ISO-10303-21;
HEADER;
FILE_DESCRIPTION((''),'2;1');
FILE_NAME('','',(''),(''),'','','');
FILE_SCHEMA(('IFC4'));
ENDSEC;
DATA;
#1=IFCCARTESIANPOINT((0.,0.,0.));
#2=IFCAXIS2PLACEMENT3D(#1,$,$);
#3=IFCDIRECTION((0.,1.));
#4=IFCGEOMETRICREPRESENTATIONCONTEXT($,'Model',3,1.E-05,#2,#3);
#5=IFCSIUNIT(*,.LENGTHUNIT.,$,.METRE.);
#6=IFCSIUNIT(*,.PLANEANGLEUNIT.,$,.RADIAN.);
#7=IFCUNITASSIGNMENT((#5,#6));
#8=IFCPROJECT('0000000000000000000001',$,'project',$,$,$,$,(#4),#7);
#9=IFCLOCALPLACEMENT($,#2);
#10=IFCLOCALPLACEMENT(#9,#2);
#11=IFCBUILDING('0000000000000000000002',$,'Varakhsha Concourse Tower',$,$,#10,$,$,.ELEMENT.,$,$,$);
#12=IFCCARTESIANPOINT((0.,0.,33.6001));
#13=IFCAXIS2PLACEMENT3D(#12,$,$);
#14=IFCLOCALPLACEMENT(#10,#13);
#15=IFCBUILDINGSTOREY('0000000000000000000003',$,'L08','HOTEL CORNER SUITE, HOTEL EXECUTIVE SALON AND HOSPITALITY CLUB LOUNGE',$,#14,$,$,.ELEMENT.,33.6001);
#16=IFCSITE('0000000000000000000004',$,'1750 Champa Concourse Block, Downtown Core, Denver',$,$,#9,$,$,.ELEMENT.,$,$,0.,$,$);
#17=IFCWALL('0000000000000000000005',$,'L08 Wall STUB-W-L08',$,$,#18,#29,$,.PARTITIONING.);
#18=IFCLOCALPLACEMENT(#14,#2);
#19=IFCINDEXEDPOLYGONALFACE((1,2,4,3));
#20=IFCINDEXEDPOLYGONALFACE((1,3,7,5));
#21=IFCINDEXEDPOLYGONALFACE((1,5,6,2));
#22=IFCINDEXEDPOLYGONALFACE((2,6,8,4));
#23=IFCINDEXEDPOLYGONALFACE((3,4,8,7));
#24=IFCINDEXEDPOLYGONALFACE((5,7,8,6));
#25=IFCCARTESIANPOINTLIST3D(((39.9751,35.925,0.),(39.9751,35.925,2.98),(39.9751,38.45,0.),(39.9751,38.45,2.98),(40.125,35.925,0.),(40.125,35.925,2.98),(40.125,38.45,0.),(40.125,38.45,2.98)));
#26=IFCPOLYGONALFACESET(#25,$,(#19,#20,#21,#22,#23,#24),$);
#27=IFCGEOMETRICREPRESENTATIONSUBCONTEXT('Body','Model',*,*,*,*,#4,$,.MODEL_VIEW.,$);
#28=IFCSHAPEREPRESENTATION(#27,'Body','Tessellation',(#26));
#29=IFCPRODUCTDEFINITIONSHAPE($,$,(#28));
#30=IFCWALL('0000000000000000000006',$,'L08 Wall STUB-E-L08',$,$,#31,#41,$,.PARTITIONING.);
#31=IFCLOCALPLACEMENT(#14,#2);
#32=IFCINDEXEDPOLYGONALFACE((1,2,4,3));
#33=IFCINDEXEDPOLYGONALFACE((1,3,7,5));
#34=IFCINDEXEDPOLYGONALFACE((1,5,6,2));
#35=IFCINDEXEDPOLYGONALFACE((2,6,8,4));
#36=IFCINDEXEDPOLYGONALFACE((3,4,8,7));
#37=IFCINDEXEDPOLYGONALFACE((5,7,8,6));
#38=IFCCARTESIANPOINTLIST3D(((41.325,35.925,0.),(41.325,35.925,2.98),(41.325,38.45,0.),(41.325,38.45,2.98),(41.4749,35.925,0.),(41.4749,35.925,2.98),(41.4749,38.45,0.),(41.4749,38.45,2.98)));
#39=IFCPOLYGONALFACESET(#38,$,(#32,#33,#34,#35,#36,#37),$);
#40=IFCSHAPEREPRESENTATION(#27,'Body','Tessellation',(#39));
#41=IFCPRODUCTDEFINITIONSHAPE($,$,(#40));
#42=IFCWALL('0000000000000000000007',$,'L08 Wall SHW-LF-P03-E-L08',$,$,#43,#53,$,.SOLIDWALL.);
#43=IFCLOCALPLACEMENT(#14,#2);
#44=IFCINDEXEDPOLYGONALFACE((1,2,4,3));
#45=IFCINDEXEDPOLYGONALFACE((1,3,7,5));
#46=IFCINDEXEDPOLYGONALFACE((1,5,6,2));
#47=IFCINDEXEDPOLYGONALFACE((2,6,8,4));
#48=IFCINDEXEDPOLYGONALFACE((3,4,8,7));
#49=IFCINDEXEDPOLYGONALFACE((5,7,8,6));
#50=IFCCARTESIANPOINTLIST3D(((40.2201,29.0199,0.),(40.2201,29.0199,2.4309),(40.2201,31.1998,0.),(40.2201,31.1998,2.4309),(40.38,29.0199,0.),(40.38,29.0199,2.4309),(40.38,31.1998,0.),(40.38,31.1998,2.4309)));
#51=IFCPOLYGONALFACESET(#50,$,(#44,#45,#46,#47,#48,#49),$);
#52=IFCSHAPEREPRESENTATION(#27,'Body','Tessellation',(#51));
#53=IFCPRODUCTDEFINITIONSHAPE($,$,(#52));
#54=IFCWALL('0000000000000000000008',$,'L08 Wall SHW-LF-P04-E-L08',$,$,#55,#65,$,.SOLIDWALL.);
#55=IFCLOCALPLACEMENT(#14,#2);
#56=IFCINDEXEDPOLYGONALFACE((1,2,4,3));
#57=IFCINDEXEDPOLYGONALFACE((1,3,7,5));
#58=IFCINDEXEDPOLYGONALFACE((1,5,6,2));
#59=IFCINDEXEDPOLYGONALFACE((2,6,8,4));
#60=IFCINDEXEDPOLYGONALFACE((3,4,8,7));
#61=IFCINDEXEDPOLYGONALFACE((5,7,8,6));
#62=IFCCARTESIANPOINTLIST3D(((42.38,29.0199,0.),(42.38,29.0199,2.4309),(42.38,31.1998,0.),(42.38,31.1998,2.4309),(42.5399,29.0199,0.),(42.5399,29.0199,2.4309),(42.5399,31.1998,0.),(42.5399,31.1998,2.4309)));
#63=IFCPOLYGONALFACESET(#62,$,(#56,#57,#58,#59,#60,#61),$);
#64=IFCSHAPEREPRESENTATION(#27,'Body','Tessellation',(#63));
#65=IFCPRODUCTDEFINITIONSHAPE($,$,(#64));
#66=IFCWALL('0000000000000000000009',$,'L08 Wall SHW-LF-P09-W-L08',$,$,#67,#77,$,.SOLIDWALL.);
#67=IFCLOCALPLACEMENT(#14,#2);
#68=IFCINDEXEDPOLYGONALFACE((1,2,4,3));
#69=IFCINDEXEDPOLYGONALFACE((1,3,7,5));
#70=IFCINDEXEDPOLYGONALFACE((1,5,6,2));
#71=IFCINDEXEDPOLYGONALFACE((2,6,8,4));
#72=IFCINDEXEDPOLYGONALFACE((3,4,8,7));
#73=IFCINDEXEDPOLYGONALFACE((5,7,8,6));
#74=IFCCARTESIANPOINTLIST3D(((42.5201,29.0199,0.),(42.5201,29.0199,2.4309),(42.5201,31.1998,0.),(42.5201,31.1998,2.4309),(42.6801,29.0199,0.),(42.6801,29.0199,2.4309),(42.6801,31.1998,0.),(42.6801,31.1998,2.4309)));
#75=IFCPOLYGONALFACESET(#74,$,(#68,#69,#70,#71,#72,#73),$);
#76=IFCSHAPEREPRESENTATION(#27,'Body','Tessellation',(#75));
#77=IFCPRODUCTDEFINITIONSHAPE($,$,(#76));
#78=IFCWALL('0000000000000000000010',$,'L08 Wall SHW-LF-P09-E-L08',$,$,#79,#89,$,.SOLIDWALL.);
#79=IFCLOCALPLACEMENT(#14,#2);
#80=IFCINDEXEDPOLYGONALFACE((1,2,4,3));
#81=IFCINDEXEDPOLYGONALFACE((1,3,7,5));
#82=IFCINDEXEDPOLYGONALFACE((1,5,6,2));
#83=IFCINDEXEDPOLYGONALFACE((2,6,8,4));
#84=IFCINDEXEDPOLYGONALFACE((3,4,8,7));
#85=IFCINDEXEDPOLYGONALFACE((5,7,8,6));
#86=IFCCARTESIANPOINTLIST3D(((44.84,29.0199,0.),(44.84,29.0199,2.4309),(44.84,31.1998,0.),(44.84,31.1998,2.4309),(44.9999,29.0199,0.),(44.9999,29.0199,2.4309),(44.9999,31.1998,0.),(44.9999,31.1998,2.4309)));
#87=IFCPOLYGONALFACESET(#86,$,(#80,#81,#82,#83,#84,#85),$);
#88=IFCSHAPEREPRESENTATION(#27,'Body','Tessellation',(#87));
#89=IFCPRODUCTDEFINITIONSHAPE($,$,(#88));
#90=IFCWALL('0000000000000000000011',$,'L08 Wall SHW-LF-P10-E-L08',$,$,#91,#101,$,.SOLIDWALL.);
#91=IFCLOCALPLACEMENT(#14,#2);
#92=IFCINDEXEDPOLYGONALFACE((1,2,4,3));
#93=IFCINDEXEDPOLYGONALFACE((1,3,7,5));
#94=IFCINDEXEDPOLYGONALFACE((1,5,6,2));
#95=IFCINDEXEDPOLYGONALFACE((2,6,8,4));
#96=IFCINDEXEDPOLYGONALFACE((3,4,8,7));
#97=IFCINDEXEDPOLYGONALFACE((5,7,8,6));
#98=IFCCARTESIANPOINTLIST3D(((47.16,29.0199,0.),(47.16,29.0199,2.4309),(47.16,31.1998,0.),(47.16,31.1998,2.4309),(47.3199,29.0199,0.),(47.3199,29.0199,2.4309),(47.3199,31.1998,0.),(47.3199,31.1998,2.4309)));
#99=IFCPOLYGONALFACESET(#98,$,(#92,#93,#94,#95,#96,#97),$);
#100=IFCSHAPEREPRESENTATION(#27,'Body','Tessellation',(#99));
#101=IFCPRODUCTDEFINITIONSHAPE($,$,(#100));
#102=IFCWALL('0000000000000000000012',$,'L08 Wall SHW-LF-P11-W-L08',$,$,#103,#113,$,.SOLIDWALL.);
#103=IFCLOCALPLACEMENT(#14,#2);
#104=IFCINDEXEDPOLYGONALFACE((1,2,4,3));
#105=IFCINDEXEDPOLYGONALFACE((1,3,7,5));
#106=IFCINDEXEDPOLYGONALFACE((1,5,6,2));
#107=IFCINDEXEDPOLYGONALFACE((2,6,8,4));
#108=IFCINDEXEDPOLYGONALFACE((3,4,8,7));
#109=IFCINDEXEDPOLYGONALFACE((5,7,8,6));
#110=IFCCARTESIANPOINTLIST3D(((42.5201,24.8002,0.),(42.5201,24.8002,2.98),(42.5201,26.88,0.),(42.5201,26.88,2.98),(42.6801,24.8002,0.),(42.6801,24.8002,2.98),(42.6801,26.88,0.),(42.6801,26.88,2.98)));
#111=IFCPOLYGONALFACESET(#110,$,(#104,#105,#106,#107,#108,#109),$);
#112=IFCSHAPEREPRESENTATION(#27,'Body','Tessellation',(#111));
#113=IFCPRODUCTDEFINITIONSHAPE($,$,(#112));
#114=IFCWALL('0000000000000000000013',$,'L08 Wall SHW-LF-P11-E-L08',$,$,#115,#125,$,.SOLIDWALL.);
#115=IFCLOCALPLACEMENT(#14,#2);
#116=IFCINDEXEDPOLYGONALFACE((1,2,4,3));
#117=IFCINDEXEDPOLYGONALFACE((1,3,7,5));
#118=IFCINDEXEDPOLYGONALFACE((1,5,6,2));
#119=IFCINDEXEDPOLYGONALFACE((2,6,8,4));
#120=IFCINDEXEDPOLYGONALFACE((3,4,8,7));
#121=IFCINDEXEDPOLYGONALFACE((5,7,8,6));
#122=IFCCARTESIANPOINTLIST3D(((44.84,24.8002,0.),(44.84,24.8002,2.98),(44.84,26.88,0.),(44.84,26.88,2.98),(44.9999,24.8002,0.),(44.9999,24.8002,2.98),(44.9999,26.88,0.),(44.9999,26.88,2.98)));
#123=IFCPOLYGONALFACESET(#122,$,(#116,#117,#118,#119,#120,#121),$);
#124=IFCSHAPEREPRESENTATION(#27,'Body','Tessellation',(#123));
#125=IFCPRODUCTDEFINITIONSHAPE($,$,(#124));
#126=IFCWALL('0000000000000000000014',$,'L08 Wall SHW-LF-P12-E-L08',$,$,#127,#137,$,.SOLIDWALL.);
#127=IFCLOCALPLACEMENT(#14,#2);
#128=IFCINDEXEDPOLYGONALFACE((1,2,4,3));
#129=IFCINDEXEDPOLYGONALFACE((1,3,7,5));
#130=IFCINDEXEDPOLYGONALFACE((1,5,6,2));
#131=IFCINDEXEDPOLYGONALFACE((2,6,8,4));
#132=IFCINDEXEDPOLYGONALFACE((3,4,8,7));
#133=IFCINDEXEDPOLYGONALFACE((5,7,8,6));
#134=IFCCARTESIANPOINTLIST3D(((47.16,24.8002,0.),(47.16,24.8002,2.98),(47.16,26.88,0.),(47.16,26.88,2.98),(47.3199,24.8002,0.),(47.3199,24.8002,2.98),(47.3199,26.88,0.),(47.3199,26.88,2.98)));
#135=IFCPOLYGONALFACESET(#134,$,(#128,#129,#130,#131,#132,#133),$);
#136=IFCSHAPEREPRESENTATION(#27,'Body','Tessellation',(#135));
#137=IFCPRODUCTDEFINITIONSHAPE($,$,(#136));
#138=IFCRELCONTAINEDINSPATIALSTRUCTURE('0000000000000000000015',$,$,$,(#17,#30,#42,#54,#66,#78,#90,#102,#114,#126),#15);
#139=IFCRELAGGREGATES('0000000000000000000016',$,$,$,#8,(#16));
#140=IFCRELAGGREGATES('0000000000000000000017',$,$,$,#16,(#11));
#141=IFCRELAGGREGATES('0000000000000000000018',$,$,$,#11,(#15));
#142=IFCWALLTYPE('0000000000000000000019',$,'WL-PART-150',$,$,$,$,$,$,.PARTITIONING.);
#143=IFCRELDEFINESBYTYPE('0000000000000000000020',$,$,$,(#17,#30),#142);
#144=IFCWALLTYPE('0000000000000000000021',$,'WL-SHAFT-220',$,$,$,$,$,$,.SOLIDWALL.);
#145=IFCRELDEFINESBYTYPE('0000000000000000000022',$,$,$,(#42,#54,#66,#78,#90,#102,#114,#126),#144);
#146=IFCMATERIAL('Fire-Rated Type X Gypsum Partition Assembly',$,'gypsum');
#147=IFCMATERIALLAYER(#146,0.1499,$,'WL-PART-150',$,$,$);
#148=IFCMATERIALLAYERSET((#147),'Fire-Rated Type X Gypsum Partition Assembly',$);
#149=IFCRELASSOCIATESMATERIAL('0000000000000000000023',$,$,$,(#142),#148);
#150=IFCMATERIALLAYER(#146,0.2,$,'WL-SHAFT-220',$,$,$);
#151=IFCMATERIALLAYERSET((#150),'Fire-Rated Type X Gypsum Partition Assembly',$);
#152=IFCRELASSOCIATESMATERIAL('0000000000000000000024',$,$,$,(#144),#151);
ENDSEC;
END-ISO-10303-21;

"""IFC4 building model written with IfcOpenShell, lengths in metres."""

from ifc_helpers import new_model, si_unit, direction, frame, frame_2d, origin, place, context, subcontext, project, spatial, rectangle, extrude, material, layer, layer_set, type_object, element, save


model = new_model("IFC4")

# Units and contexts
model_context = context("Model", 3, precision=1e-05, world=origin(), true_north=direction((0.0, 1.0)))
body_context = subcontext(model_context, "Body", "Model", "MODEL_VIEW")
ifc_project = project(units=[si_unit("LENGTHUNIT", "METRE"), si_unit("PLANEANGLEUNIT", "RADIAN")], contexts=[model_context])

# Site, building, storey
site_placement = place(None, origin())
site = spatial("IfcSite", under=ifc_project, at=site_placement, Name="1750 Champa Concourse Block, Downtown Core, Denver", CompositionType="ELEMENT", RefElevation=0.0)
building_placement = place(site_placement, origin())
building = spatial("IfcBuilding", under=site, at=building_placement, Name="Varakhsha Concourse Tower", CompositionType="ELEMENT")
storey_placement = place(building_placement, frame((0.0, 0.0, 33.6001)))
storey = spatial("IfcBuildingStorey", under=building, at=storey_placement, Name="L08", Description="HOTEL CORNER SUITE, HOTEL EXECUTIVE SALON AND HOSPITALITY CLUB LOUNGE", CompositionType="ELEMENT", Elevation=33.6001)

# Shared definitions
ifc_material_1 = material(Name="Fire-Rated Type X Gypsum Partition Assembly", Category="gypsum")
ifc_layer_1 = layer(ifc_material_1, 0.1499, Name="WL-PART-150")
ifc_layer_set_1 = layer_set([ifc_layer_1], Name="Fire-Rated Type X Gypsum Partition Assembly")
wall_type_1 = type_object("IfcWallType", Name="WL-PART-150", PredefinedType="PARTITIONING", material=ifc_layer_set_1)

# Walls
for number, where, z_axis, x_axis, name in (
    (1, (40.05, 35.925, 0.0), (0.0, 0.0, 1.0), (0.0, 1.0, 0.0), "L08 Wall STUB-W-L08"),
    (2, (41.3999, 35.925, 0.0), (0.0, 0.0, 1.0), (0.0, 1.0, 0.0), "L08 Wall STUB-E-L08"),
):
    element("IfcWall", number, at=place(storey_placement, frame(where, z_axis=z_axis, x_axis=x_axis)), inside=storey, type_object=wall_type_1, Name=name, PredefinedType="PARTITIONING", context=body_context, shape_type="SweptSolid", body=[
        extrude(rectangle(XDim=2.5249, YDim=0.1499, at=frame_2d((1.2625, 0.0))), origin(), (0.0, 0.0, 1.0), 2.98),
    ])
ifc_layer_2 = layer(ifc_material_1, 0.2, Name="WL-SHAFT-220")
ifc_layer_set_2 = layer_set([ifc_layer_2], Name="Fire-Rated Type X Gypsum Partition Assembly")
wall_type_2 = type_object("IfcWallType", Name="WL-SHAFT-220", PredefinedType="SOLIDWALL", material=ifc_layer_set_2)
for number, where, z_axis, x_axis, name in (
    (3, (40.3, 29.02, 0.0), (0.0, 0.0, 1.0), (0.0, 1.0, 0.0), "L08 Wall SHW-LF-P03-E-L08"),
    (4, (42.46, 29.02, 0.0), (0.0, 0.0, 1.0), (0.0, 1.0, 0.0), "L08 Wall SHW-LF-P04-E-L08"),
    (5, (42.6001, 29.02, 0.0), (0.0, 0.0, 1.0), (0.0, 1.0, 0.0), "L08 Wall SHW-LF-P09-W-L08"),
    (6, (44.9199, 29.02, 0.0), (0.0, 0.0, 1.0), (0.0, 1.0, 0.0), "L08 Wall SHW-LF-P09-E-L08"),
    (7, (47.24, 29.02, 0.0), (0.0, 0.0, 1.0), (0.0, 1.0, 0.0), "L08 Wall SHW-LF-P10-E-L08"),
):
    element("IfcWall", number, at=place(storey_placement, frame(where, z_axis=z_axis, x_axis=x_axis)), inside=storey, type_object=wall_type_2, Name=name, PredefinedType="SOLIDWALL", context=body_context, shape_type="SweptSolid", body=[
        extrude(rectangle(XDim=2.1799, YDim=0.1599, at=frame_2d((1.0898, 0.0))), origin(), (0.0, 0.0, 1.0), 2.4309),
    ])
for number, where, z_axis, x_axis, name in (
    (8, (42.6001, 24.8, 0.0), (0.0, 0.0, 1.0), (0.0, 1.0, 0.0), "L08 Wall SHW-LF-P11-W-L08"),
    (9, (44.9199, 24.8, 0.0), (0.0, 0.0, 1.0), (0.0, 1.0, 0.0), "L08 Wall SHW-LF-P11-E-L08"),
    (10, (47.24, 24.8, 0.0), (0.0, 0.0, 1.0), (0.0, 1.0, 0.0), "L08 Wall SHW-LF-P12-E-L08"),
):
    element("IfcWall", number, at=place(storey_placement, frame(where, z_axis=z_axis, x_axis=x_axis)), inside=storey, type_object=wall_type_2, Name=name, PredefinedType="SOLIDWALL", context=body_context, shape_type="SweptSolid", body=[
        extrude(rectangle(XDim=2.0798, YDim=0.1599, at=frame_2d((1.04, 0.0))), origin(), (0.0, 0.0, 1.0), 2.98),
    ])

save(model, "model.ifc")
